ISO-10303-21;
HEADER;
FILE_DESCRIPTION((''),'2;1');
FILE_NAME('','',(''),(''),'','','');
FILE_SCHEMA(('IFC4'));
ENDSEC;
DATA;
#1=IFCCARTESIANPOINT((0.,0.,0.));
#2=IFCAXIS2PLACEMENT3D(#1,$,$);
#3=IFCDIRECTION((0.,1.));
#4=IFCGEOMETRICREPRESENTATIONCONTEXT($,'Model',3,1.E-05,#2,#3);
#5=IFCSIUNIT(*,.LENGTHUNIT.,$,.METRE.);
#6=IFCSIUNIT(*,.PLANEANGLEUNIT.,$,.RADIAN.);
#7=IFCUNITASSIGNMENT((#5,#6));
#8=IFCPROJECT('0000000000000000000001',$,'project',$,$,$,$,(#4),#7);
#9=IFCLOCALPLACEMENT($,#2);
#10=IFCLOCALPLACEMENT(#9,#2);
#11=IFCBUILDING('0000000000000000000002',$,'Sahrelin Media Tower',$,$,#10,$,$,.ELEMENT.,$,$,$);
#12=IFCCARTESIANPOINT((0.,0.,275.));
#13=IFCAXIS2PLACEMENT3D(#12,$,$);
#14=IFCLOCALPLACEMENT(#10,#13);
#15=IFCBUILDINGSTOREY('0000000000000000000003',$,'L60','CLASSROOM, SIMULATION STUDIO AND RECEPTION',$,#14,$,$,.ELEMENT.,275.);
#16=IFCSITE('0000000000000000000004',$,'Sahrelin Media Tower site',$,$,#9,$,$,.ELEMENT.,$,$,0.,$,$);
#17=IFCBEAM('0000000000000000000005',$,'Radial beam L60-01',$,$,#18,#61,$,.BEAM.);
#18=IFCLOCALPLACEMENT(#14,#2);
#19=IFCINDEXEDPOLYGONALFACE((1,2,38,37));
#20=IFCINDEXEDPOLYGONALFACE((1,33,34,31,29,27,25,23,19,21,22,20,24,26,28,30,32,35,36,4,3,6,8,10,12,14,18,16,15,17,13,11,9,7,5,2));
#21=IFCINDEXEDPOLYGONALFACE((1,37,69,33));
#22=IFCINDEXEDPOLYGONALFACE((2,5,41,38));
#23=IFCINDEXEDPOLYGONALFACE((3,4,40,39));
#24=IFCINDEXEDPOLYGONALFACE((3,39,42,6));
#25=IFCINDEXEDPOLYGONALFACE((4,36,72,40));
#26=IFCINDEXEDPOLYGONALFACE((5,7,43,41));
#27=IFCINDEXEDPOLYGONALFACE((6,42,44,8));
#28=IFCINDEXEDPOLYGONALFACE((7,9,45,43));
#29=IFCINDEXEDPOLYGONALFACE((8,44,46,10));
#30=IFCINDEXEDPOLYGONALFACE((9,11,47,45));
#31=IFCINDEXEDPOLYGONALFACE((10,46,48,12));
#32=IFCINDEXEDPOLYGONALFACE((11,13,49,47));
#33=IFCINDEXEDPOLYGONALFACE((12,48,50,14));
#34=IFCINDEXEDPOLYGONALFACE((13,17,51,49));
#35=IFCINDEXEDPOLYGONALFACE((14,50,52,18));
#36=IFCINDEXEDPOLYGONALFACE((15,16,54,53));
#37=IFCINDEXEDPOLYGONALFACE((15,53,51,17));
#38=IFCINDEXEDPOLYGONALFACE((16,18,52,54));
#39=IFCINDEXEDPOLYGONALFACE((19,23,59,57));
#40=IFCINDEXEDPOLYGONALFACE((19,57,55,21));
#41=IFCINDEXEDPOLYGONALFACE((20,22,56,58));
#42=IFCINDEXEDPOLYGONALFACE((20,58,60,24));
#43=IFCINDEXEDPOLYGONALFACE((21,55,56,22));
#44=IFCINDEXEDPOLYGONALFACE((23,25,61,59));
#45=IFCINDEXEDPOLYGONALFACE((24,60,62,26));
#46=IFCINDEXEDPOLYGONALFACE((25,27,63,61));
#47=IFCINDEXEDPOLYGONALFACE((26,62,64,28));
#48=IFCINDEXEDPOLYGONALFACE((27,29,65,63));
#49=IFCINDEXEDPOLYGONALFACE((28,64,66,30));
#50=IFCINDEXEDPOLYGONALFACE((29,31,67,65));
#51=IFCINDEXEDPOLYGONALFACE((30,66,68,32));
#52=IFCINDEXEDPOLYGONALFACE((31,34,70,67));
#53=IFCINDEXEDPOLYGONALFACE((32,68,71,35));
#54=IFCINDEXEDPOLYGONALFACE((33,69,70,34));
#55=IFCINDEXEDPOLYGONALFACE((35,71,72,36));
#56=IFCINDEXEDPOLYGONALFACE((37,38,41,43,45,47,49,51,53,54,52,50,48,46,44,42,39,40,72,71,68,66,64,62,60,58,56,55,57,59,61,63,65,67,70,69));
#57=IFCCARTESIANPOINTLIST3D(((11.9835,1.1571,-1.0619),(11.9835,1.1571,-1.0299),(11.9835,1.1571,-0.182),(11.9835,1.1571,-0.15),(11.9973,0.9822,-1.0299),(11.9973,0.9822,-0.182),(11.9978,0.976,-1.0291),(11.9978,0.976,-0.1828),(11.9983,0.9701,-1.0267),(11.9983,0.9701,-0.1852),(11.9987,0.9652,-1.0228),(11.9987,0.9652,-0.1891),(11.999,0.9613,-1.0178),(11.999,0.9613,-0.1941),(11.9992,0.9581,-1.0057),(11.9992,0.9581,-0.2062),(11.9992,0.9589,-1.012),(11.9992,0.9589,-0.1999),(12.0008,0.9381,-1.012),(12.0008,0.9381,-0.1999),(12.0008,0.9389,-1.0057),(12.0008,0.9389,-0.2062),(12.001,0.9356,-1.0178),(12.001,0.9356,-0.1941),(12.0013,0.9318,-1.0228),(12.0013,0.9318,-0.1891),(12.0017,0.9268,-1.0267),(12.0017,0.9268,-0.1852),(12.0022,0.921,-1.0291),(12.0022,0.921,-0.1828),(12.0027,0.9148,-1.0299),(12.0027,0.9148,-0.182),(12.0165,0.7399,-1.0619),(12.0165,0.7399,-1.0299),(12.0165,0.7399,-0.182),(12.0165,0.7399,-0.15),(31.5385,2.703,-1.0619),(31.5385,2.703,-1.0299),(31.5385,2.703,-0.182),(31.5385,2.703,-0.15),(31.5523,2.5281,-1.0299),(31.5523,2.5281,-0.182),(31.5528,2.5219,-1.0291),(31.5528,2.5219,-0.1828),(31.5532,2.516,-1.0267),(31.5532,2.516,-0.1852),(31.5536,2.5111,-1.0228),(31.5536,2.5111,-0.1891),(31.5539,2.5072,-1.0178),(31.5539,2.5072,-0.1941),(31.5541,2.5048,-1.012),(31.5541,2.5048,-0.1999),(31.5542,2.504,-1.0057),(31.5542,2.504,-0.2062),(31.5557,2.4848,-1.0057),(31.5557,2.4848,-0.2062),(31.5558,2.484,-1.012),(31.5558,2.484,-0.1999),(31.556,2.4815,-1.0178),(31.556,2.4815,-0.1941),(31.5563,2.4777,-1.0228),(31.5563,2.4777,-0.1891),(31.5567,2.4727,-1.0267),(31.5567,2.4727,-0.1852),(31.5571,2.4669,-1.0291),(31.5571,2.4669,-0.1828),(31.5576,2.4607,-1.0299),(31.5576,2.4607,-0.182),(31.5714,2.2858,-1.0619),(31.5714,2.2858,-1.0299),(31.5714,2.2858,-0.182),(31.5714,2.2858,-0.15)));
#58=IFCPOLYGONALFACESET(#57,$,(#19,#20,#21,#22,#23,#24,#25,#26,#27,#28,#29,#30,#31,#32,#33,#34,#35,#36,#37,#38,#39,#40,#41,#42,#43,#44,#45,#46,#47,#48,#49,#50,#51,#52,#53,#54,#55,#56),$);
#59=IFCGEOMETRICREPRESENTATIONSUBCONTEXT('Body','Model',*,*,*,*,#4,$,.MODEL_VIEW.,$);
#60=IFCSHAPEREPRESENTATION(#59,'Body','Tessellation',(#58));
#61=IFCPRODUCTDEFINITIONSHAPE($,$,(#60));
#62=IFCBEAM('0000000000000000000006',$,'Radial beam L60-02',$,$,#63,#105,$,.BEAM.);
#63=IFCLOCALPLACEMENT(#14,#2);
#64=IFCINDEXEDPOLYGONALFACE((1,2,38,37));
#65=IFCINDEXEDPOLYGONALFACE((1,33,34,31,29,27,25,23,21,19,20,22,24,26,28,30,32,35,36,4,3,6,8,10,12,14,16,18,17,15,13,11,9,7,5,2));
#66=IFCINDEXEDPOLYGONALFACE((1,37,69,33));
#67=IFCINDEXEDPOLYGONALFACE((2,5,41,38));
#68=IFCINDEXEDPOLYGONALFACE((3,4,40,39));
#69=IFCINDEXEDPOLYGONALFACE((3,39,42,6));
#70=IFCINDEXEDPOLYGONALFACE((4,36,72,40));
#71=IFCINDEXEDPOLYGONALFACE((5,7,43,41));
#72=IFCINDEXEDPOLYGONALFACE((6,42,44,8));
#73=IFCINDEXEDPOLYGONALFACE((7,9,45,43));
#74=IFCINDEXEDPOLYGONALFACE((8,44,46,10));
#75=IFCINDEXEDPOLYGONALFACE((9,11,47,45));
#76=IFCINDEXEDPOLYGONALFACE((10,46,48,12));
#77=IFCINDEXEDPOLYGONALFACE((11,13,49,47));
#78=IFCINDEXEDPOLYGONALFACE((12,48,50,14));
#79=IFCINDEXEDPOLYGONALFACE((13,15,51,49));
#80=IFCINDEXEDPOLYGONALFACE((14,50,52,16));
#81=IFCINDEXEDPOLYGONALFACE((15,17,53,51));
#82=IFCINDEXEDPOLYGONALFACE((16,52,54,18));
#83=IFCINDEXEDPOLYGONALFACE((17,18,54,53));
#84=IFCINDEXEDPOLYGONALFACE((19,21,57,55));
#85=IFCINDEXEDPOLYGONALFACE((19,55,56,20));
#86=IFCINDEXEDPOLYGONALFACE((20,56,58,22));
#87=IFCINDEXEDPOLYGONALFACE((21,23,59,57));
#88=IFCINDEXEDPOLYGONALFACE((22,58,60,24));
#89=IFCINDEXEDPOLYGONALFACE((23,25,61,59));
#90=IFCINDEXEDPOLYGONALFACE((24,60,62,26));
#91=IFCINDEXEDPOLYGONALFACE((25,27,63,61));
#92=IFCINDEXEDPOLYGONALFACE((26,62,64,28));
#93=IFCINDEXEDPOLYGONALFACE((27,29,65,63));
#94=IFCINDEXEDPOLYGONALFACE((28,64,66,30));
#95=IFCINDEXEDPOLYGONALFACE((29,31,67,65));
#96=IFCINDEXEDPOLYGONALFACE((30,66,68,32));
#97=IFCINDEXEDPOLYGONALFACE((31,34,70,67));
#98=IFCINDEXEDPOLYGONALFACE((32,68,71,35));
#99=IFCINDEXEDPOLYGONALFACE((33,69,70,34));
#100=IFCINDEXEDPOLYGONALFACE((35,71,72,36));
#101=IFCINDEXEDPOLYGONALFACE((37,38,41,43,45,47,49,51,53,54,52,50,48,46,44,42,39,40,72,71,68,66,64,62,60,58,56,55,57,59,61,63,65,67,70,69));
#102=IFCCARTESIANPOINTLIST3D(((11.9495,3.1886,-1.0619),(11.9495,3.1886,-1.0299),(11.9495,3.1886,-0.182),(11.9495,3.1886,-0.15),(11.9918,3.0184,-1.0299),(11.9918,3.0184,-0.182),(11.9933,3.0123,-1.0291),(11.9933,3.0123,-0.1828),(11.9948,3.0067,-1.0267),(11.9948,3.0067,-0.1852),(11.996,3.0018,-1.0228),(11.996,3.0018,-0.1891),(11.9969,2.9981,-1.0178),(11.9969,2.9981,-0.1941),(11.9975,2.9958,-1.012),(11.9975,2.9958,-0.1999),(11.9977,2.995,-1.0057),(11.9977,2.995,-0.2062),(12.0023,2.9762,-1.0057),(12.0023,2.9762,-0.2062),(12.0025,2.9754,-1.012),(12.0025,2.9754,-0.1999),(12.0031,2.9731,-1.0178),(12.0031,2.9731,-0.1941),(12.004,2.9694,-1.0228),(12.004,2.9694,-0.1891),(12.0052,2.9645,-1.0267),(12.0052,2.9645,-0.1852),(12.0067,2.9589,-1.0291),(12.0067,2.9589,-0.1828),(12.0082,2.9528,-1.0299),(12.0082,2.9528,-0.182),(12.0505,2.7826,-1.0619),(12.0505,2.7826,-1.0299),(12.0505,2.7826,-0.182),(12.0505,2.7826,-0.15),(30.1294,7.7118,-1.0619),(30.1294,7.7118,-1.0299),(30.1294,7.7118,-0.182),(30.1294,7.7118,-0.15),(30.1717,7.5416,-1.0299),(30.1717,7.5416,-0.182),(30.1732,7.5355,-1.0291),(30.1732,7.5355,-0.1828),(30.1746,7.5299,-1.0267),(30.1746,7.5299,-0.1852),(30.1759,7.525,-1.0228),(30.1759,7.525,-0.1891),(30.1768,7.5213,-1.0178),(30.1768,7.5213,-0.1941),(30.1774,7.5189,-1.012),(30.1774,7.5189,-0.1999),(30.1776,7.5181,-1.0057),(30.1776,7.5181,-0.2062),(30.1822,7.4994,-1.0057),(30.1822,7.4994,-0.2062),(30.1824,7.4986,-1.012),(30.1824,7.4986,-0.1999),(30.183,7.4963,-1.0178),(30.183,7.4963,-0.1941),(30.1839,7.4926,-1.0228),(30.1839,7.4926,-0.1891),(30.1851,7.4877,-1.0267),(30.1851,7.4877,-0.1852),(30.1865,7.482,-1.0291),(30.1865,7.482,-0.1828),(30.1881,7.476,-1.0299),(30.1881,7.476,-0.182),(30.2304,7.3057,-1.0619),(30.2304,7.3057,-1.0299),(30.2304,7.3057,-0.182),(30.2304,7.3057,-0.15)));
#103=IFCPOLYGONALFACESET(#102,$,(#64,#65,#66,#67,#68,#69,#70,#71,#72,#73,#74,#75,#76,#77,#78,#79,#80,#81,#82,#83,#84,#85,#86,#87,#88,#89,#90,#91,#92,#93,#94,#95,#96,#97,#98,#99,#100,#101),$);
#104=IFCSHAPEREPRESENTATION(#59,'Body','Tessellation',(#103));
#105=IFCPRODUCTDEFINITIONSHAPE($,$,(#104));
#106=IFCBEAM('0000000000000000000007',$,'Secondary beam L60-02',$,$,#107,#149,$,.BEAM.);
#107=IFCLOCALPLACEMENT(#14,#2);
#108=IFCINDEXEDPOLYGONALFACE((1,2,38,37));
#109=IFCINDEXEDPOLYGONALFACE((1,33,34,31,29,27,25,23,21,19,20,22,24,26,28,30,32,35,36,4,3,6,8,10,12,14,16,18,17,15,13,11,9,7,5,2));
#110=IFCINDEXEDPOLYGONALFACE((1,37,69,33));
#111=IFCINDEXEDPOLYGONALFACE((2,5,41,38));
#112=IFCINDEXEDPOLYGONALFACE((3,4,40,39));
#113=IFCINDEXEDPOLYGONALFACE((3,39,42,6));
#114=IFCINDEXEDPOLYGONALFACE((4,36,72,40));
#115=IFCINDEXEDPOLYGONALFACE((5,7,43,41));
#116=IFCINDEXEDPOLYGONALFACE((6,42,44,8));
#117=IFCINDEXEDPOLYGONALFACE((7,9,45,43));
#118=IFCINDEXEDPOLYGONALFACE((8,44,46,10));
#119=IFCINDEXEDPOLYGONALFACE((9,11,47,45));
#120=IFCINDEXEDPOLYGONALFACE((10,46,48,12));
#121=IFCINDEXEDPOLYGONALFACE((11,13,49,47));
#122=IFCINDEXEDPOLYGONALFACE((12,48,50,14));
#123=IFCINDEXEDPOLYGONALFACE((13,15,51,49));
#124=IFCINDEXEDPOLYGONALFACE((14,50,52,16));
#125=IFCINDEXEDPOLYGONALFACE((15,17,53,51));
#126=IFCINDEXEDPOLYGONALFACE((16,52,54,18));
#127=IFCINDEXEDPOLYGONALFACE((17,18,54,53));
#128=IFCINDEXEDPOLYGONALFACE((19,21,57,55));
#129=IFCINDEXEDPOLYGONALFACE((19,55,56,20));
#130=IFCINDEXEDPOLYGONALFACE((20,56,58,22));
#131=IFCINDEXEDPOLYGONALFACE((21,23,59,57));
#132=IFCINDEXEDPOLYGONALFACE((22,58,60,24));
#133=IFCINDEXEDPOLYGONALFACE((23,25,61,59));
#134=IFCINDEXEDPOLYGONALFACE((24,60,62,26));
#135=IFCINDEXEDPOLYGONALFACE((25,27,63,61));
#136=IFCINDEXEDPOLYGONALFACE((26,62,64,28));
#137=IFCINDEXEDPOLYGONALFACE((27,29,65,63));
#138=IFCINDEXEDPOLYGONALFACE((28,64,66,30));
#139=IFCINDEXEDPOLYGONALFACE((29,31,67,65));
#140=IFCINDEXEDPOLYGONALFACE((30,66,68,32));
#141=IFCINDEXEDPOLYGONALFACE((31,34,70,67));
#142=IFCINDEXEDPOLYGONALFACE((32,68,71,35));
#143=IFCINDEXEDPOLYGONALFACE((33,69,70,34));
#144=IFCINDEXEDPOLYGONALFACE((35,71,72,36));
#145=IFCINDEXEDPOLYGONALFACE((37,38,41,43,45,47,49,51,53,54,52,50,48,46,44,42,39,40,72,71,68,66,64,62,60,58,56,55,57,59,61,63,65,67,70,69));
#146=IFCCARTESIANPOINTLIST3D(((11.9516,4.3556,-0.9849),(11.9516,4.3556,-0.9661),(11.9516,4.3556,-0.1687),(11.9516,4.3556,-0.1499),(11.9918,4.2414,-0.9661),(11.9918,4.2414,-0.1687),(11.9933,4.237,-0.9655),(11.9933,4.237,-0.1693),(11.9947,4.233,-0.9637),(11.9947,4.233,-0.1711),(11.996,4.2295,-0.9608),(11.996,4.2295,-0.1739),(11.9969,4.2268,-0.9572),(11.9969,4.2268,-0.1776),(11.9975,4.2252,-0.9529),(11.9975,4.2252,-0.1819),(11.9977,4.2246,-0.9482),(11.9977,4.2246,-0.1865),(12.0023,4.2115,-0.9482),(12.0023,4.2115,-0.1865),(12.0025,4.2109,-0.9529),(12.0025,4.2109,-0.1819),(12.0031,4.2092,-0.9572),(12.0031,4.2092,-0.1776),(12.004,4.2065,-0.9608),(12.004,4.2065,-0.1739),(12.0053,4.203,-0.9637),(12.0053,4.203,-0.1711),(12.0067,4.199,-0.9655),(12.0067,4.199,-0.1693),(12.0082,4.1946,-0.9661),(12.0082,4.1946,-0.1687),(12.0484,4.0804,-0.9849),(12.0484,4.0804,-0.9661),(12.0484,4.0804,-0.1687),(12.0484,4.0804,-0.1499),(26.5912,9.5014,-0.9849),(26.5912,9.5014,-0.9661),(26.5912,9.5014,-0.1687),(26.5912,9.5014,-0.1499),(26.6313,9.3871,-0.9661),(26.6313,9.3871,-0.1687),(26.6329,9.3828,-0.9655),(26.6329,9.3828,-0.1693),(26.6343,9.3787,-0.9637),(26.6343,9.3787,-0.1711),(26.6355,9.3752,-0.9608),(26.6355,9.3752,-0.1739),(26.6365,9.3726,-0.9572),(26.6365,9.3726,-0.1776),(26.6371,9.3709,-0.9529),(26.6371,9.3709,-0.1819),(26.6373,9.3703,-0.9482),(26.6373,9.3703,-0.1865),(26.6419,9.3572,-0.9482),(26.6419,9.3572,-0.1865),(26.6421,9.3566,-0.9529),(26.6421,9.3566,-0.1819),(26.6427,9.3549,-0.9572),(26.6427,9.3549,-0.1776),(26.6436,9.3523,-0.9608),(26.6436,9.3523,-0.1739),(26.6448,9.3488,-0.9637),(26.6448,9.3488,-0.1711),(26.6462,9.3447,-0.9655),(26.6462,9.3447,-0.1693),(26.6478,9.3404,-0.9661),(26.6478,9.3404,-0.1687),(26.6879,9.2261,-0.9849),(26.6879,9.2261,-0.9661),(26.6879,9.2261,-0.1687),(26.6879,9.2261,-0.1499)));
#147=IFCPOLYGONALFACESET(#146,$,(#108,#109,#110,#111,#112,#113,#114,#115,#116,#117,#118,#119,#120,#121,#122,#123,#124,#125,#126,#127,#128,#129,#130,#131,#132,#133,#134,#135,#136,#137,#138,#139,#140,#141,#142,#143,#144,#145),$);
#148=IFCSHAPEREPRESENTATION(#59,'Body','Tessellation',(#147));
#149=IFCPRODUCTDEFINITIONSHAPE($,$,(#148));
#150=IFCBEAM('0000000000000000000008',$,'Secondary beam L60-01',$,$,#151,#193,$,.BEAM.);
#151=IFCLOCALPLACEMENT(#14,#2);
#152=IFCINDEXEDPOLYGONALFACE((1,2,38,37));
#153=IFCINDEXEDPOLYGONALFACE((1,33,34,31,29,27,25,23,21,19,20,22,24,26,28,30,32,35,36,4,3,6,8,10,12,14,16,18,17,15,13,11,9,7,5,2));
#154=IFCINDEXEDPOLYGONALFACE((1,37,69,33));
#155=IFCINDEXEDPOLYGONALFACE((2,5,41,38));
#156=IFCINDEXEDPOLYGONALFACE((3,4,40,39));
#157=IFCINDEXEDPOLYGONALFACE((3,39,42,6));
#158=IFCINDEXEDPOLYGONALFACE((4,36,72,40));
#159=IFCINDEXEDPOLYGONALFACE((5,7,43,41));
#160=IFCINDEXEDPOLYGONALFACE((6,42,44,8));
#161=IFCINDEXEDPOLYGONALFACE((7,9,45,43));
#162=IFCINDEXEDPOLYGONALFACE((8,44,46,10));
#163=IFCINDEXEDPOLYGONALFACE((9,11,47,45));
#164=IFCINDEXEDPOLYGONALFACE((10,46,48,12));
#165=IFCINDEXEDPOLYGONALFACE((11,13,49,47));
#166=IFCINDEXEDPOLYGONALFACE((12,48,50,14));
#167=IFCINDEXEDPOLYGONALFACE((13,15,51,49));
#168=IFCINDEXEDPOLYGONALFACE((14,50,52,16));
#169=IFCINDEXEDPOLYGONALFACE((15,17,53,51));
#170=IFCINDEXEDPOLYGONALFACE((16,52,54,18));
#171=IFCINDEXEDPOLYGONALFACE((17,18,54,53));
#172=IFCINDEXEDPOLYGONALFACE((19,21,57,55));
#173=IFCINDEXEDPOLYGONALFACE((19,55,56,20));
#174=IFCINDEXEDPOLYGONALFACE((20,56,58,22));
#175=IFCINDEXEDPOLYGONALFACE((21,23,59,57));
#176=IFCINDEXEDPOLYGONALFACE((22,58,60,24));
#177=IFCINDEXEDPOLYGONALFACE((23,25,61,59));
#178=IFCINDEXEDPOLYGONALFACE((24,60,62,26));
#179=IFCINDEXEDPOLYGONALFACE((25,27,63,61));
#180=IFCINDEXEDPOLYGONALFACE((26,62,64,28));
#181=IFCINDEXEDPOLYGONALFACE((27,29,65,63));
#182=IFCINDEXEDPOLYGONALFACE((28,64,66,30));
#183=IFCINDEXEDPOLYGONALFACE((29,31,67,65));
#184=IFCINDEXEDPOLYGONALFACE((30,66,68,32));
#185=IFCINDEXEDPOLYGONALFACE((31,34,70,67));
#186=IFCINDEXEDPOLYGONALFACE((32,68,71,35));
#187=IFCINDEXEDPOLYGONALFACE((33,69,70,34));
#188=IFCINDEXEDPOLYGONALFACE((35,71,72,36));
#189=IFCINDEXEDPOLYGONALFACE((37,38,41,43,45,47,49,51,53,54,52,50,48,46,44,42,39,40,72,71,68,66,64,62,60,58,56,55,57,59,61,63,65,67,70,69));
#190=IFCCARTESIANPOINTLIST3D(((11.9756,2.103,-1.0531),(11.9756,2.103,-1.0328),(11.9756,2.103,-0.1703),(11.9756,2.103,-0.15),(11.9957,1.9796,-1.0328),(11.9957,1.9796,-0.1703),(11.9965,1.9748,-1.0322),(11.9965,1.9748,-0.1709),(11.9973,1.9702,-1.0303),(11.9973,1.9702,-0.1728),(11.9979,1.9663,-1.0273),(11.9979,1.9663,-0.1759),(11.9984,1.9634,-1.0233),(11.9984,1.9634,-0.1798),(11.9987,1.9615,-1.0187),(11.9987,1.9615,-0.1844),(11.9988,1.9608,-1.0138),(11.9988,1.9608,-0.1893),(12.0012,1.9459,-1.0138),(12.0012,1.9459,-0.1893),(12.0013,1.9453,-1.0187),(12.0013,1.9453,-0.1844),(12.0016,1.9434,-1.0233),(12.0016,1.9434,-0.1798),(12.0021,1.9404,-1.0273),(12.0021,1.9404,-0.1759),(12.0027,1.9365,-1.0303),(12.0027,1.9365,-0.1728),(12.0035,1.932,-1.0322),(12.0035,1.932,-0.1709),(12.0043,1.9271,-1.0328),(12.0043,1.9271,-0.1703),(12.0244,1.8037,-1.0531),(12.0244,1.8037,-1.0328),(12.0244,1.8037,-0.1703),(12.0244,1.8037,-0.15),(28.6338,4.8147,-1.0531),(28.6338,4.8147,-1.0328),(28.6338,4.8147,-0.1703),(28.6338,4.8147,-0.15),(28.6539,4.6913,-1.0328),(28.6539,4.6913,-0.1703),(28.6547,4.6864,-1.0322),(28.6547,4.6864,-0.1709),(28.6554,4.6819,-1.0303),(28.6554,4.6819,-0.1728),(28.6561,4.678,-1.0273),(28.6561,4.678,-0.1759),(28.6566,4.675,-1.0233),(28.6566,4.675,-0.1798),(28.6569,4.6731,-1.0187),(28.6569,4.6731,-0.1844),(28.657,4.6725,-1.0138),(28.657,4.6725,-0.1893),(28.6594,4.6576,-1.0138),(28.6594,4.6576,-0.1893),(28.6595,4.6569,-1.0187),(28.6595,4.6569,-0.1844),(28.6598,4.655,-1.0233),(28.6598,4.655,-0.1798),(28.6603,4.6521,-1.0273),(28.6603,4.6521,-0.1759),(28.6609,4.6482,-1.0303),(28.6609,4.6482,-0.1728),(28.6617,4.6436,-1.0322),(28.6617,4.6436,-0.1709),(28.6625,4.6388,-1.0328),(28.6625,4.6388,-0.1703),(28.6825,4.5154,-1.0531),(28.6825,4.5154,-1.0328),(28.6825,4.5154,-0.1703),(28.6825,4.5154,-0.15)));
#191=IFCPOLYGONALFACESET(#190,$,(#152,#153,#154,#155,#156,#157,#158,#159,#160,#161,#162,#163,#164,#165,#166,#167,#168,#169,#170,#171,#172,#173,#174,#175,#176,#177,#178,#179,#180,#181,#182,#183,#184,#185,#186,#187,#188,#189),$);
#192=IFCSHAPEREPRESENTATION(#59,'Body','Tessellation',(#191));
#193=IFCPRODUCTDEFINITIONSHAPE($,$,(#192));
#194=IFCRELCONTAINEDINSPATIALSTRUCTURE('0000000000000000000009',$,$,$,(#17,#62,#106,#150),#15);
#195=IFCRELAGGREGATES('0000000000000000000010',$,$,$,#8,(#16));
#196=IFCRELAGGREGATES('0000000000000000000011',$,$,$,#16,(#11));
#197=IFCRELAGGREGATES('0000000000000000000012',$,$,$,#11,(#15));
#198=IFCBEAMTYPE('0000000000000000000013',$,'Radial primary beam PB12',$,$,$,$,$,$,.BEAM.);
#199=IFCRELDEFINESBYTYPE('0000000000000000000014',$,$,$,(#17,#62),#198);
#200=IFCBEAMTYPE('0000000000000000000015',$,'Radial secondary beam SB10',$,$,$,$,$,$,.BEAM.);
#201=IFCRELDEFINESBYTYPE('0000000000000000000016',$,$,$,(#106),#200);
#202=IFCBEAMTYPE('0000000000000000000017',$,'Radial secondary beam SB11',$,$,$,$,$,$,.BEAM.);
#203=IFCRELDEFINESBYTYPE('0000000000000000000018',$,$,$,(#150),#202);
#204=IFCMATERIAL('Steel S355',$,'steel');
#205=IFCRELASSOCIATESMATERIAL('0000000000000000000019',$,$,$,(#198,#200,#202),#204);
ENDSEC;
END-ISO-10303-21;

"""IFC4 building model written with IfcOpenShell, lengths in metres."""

from ifc_helpers import new_model, si_unit, direction, frame, origin, origin_2d, place, context, subcontext, project, spatial, i_section, extrude, material, material_profile, profile_set, type_object, element, save


model = new_model("IFC4")

# Units and contexts
model_context = context("Model", 3, precision=1e-05, world=origin(), true_north=direction((0.0, 1.0)))
body_context = subcontext(model_context, "Body", "Model", "MODEL_VIEW")
ifc_project = project(units=[si_unit("LENGTHUNIT", "METRE"), si_unit("PLANEANGLEUNIT", "RADIAN")], contexts=[model_context])

# Site, building, storey
site_placement = place(None, origin())
site = spatial("IfcSite", under=ifc_project, at=site_placement, Name="Sahrelin Media Tower site", CompositionType="ELEMENT", RefElevation=0.0)
building_placement = place(site_placement, origin())
building = spatial("IfcBuilding", under=site, at=building_placement, Name="Sahrelin Media Tower", CompositionType="ELEMENT")
storey_placement = place(building_placement, frame((0.0, 0.0, 275.0)))
storey = spatial("IfcBuildingStorey", under=building, at=storey_placement, Name="L60", Description="CLASSROOM, SIMULATION STUDIO AND RECEPTION", CompositionType="ELEMENT", Elevation=275.0)

# Beams
ifc_material_1 = material(Name="Steel S355", Category="steel")
ifc_material_profile_1 = material_profile(ifc_material_1, i_section(OverallWidth=0.4185, OverallDepth=0.9119, WebThickness=0.0193, FlangeThickness=0.032, FilletRadius=0.0242, at=origin_2d()), Name="UB 914x419x343")
ifc_profile_set_1 = profile_set([ifc_material_profile_1], Name="Steel S355")
beam_type_1 = type_object("IfcBeamType", Name="Radial primary beam PB12", PredefinedType="BEAM", material=ifc_profile_set_1)
beam_1_placement = place(storey_placement, frame((12.0, 0.9485, -0.606), z_axis=(0.99689, 0.078808, 0.0), x_axis=(-0.078808, 0.99689, 0.0)))
element("IfcBeam", 1, at=beam_1_placement, inside=storey, type_object=beam_type_1, Name="Radial beam L60-01", PredefinedType="BEAM", context=body_context, shape_type="SweptSolid", body=[
    extrude(i_section(OverallWidth=0.4185, OverallDepth=0.9119, WebThickness=0.0193, FlangeThickness=0.032, FilletRadius=0.0242, at=origin_2d()), origin(), (0.0, 0.0, 1.0), 19.616),
])
beam_2_placement = place(storey_placement, frame((12.0, 2.9856, -0.606), z_axis=(0.970416, 0.241441, 0.0), x_axis=(-0.241441, 0.970416, 0.0)))
element("IfcBeam", 2, at=beam_2_placement, inside=storey, type_object=beam_type_1, Name="Radial beam L60-02", PredefinedType="BEAM", context=body_context, shape_type="SweptSolid", body=[
    extrude(i_section(OverallWidth=0.4185, OverallDepth=0.9119, WebThickness=0.0193, FlangeThickness=0.032, FilletRadius=0.0242, at=origin_2d()), origin(), (0.0, 0.0, 1.0), 18.7341),
])
ifc_material_profile_2 = material_profile(ifc_material_1, i_section(OverallWidth=0.2917, OverallDepth=0.835, WebThickness=0.0139, FlangeThickness=0.0188, FilletRadius=0.0178, at=origin_2d()), Name="UB 838x292x176")
ifc_profile_set_2 = profile_set([ifc_material_profile_2], Name="Steel S355")
beam_type_2 = type_object("IfcBeamType", Name="Radial secondary beam SB10", PredefinedType="BEAM", material=ifc_profile_set_2)
beam_3_placement = place(storey_placement, frame((12.0, 4.218, -0.5674), z_axis=(0.943418, 0.331606, 0.0), x_axis=(-0.331606, 0.943418, 0.0)))
element("IfcBeam", 3, at=beam_3_placement, inside=storey, type_object=beam_type_2, Name="Secondary beam L60-02", PredefinedType="BEAM", context=body_context, shape_type="SweptSolid", body=[
    extrude(i_section(OverallWidth=0.2917, OverallDepth=0.835, WebThickness=0.0139, FlangeThickness=0.0188, FilletRadius=0.0178, at=origin_2d()), origin(), (0.0, 0.0, 1.0), 15.5176),
])
ifc_material_profile_3 = material_profile(ifc_material_1, i_section(OverallWidth=0.3032, OverallDepth=0.9031, WebThickness=0.0151, FlangeThickness=0.0203, FilletRadius=0.019, at=origin_2d()), Name="UB 914x305x201")
ifc_profile_set_3 = profile_set([ifc_material_profile_3], Name="Steel S355")
beam_type_3 = type_object("IfcBeamType", Name="Radial secondary beam SB11", PredefinedType="BEAM", material=ifc_profile_set_3)
beam_4_placement = place(storey_placement, frame((12.0, 1.9534, -0.6016), z_axis=(0.987008, 0.160668, 0.0), x_axis=(-0.160668, 0.987008, 0.0)))
element("IfcBeam", 4, at=beam_4_placement, inside=storey, type_object=beam_type_3, Name="Secondary beam L60-01", PredefinedType="BEAM", context=body_context, shape_type="SweptSolid", body=[
    extrude(i_section(OverallWidth=0.3032, OverallDepth=0.9031, WebThickness=0.0151, FlangeThickness=0.0203, FilletRadius=0.019, at=origin_2d()), origin(), (0.0, 0.0, 1.0), 16.8774),
])

save(model, "model.ifc")
